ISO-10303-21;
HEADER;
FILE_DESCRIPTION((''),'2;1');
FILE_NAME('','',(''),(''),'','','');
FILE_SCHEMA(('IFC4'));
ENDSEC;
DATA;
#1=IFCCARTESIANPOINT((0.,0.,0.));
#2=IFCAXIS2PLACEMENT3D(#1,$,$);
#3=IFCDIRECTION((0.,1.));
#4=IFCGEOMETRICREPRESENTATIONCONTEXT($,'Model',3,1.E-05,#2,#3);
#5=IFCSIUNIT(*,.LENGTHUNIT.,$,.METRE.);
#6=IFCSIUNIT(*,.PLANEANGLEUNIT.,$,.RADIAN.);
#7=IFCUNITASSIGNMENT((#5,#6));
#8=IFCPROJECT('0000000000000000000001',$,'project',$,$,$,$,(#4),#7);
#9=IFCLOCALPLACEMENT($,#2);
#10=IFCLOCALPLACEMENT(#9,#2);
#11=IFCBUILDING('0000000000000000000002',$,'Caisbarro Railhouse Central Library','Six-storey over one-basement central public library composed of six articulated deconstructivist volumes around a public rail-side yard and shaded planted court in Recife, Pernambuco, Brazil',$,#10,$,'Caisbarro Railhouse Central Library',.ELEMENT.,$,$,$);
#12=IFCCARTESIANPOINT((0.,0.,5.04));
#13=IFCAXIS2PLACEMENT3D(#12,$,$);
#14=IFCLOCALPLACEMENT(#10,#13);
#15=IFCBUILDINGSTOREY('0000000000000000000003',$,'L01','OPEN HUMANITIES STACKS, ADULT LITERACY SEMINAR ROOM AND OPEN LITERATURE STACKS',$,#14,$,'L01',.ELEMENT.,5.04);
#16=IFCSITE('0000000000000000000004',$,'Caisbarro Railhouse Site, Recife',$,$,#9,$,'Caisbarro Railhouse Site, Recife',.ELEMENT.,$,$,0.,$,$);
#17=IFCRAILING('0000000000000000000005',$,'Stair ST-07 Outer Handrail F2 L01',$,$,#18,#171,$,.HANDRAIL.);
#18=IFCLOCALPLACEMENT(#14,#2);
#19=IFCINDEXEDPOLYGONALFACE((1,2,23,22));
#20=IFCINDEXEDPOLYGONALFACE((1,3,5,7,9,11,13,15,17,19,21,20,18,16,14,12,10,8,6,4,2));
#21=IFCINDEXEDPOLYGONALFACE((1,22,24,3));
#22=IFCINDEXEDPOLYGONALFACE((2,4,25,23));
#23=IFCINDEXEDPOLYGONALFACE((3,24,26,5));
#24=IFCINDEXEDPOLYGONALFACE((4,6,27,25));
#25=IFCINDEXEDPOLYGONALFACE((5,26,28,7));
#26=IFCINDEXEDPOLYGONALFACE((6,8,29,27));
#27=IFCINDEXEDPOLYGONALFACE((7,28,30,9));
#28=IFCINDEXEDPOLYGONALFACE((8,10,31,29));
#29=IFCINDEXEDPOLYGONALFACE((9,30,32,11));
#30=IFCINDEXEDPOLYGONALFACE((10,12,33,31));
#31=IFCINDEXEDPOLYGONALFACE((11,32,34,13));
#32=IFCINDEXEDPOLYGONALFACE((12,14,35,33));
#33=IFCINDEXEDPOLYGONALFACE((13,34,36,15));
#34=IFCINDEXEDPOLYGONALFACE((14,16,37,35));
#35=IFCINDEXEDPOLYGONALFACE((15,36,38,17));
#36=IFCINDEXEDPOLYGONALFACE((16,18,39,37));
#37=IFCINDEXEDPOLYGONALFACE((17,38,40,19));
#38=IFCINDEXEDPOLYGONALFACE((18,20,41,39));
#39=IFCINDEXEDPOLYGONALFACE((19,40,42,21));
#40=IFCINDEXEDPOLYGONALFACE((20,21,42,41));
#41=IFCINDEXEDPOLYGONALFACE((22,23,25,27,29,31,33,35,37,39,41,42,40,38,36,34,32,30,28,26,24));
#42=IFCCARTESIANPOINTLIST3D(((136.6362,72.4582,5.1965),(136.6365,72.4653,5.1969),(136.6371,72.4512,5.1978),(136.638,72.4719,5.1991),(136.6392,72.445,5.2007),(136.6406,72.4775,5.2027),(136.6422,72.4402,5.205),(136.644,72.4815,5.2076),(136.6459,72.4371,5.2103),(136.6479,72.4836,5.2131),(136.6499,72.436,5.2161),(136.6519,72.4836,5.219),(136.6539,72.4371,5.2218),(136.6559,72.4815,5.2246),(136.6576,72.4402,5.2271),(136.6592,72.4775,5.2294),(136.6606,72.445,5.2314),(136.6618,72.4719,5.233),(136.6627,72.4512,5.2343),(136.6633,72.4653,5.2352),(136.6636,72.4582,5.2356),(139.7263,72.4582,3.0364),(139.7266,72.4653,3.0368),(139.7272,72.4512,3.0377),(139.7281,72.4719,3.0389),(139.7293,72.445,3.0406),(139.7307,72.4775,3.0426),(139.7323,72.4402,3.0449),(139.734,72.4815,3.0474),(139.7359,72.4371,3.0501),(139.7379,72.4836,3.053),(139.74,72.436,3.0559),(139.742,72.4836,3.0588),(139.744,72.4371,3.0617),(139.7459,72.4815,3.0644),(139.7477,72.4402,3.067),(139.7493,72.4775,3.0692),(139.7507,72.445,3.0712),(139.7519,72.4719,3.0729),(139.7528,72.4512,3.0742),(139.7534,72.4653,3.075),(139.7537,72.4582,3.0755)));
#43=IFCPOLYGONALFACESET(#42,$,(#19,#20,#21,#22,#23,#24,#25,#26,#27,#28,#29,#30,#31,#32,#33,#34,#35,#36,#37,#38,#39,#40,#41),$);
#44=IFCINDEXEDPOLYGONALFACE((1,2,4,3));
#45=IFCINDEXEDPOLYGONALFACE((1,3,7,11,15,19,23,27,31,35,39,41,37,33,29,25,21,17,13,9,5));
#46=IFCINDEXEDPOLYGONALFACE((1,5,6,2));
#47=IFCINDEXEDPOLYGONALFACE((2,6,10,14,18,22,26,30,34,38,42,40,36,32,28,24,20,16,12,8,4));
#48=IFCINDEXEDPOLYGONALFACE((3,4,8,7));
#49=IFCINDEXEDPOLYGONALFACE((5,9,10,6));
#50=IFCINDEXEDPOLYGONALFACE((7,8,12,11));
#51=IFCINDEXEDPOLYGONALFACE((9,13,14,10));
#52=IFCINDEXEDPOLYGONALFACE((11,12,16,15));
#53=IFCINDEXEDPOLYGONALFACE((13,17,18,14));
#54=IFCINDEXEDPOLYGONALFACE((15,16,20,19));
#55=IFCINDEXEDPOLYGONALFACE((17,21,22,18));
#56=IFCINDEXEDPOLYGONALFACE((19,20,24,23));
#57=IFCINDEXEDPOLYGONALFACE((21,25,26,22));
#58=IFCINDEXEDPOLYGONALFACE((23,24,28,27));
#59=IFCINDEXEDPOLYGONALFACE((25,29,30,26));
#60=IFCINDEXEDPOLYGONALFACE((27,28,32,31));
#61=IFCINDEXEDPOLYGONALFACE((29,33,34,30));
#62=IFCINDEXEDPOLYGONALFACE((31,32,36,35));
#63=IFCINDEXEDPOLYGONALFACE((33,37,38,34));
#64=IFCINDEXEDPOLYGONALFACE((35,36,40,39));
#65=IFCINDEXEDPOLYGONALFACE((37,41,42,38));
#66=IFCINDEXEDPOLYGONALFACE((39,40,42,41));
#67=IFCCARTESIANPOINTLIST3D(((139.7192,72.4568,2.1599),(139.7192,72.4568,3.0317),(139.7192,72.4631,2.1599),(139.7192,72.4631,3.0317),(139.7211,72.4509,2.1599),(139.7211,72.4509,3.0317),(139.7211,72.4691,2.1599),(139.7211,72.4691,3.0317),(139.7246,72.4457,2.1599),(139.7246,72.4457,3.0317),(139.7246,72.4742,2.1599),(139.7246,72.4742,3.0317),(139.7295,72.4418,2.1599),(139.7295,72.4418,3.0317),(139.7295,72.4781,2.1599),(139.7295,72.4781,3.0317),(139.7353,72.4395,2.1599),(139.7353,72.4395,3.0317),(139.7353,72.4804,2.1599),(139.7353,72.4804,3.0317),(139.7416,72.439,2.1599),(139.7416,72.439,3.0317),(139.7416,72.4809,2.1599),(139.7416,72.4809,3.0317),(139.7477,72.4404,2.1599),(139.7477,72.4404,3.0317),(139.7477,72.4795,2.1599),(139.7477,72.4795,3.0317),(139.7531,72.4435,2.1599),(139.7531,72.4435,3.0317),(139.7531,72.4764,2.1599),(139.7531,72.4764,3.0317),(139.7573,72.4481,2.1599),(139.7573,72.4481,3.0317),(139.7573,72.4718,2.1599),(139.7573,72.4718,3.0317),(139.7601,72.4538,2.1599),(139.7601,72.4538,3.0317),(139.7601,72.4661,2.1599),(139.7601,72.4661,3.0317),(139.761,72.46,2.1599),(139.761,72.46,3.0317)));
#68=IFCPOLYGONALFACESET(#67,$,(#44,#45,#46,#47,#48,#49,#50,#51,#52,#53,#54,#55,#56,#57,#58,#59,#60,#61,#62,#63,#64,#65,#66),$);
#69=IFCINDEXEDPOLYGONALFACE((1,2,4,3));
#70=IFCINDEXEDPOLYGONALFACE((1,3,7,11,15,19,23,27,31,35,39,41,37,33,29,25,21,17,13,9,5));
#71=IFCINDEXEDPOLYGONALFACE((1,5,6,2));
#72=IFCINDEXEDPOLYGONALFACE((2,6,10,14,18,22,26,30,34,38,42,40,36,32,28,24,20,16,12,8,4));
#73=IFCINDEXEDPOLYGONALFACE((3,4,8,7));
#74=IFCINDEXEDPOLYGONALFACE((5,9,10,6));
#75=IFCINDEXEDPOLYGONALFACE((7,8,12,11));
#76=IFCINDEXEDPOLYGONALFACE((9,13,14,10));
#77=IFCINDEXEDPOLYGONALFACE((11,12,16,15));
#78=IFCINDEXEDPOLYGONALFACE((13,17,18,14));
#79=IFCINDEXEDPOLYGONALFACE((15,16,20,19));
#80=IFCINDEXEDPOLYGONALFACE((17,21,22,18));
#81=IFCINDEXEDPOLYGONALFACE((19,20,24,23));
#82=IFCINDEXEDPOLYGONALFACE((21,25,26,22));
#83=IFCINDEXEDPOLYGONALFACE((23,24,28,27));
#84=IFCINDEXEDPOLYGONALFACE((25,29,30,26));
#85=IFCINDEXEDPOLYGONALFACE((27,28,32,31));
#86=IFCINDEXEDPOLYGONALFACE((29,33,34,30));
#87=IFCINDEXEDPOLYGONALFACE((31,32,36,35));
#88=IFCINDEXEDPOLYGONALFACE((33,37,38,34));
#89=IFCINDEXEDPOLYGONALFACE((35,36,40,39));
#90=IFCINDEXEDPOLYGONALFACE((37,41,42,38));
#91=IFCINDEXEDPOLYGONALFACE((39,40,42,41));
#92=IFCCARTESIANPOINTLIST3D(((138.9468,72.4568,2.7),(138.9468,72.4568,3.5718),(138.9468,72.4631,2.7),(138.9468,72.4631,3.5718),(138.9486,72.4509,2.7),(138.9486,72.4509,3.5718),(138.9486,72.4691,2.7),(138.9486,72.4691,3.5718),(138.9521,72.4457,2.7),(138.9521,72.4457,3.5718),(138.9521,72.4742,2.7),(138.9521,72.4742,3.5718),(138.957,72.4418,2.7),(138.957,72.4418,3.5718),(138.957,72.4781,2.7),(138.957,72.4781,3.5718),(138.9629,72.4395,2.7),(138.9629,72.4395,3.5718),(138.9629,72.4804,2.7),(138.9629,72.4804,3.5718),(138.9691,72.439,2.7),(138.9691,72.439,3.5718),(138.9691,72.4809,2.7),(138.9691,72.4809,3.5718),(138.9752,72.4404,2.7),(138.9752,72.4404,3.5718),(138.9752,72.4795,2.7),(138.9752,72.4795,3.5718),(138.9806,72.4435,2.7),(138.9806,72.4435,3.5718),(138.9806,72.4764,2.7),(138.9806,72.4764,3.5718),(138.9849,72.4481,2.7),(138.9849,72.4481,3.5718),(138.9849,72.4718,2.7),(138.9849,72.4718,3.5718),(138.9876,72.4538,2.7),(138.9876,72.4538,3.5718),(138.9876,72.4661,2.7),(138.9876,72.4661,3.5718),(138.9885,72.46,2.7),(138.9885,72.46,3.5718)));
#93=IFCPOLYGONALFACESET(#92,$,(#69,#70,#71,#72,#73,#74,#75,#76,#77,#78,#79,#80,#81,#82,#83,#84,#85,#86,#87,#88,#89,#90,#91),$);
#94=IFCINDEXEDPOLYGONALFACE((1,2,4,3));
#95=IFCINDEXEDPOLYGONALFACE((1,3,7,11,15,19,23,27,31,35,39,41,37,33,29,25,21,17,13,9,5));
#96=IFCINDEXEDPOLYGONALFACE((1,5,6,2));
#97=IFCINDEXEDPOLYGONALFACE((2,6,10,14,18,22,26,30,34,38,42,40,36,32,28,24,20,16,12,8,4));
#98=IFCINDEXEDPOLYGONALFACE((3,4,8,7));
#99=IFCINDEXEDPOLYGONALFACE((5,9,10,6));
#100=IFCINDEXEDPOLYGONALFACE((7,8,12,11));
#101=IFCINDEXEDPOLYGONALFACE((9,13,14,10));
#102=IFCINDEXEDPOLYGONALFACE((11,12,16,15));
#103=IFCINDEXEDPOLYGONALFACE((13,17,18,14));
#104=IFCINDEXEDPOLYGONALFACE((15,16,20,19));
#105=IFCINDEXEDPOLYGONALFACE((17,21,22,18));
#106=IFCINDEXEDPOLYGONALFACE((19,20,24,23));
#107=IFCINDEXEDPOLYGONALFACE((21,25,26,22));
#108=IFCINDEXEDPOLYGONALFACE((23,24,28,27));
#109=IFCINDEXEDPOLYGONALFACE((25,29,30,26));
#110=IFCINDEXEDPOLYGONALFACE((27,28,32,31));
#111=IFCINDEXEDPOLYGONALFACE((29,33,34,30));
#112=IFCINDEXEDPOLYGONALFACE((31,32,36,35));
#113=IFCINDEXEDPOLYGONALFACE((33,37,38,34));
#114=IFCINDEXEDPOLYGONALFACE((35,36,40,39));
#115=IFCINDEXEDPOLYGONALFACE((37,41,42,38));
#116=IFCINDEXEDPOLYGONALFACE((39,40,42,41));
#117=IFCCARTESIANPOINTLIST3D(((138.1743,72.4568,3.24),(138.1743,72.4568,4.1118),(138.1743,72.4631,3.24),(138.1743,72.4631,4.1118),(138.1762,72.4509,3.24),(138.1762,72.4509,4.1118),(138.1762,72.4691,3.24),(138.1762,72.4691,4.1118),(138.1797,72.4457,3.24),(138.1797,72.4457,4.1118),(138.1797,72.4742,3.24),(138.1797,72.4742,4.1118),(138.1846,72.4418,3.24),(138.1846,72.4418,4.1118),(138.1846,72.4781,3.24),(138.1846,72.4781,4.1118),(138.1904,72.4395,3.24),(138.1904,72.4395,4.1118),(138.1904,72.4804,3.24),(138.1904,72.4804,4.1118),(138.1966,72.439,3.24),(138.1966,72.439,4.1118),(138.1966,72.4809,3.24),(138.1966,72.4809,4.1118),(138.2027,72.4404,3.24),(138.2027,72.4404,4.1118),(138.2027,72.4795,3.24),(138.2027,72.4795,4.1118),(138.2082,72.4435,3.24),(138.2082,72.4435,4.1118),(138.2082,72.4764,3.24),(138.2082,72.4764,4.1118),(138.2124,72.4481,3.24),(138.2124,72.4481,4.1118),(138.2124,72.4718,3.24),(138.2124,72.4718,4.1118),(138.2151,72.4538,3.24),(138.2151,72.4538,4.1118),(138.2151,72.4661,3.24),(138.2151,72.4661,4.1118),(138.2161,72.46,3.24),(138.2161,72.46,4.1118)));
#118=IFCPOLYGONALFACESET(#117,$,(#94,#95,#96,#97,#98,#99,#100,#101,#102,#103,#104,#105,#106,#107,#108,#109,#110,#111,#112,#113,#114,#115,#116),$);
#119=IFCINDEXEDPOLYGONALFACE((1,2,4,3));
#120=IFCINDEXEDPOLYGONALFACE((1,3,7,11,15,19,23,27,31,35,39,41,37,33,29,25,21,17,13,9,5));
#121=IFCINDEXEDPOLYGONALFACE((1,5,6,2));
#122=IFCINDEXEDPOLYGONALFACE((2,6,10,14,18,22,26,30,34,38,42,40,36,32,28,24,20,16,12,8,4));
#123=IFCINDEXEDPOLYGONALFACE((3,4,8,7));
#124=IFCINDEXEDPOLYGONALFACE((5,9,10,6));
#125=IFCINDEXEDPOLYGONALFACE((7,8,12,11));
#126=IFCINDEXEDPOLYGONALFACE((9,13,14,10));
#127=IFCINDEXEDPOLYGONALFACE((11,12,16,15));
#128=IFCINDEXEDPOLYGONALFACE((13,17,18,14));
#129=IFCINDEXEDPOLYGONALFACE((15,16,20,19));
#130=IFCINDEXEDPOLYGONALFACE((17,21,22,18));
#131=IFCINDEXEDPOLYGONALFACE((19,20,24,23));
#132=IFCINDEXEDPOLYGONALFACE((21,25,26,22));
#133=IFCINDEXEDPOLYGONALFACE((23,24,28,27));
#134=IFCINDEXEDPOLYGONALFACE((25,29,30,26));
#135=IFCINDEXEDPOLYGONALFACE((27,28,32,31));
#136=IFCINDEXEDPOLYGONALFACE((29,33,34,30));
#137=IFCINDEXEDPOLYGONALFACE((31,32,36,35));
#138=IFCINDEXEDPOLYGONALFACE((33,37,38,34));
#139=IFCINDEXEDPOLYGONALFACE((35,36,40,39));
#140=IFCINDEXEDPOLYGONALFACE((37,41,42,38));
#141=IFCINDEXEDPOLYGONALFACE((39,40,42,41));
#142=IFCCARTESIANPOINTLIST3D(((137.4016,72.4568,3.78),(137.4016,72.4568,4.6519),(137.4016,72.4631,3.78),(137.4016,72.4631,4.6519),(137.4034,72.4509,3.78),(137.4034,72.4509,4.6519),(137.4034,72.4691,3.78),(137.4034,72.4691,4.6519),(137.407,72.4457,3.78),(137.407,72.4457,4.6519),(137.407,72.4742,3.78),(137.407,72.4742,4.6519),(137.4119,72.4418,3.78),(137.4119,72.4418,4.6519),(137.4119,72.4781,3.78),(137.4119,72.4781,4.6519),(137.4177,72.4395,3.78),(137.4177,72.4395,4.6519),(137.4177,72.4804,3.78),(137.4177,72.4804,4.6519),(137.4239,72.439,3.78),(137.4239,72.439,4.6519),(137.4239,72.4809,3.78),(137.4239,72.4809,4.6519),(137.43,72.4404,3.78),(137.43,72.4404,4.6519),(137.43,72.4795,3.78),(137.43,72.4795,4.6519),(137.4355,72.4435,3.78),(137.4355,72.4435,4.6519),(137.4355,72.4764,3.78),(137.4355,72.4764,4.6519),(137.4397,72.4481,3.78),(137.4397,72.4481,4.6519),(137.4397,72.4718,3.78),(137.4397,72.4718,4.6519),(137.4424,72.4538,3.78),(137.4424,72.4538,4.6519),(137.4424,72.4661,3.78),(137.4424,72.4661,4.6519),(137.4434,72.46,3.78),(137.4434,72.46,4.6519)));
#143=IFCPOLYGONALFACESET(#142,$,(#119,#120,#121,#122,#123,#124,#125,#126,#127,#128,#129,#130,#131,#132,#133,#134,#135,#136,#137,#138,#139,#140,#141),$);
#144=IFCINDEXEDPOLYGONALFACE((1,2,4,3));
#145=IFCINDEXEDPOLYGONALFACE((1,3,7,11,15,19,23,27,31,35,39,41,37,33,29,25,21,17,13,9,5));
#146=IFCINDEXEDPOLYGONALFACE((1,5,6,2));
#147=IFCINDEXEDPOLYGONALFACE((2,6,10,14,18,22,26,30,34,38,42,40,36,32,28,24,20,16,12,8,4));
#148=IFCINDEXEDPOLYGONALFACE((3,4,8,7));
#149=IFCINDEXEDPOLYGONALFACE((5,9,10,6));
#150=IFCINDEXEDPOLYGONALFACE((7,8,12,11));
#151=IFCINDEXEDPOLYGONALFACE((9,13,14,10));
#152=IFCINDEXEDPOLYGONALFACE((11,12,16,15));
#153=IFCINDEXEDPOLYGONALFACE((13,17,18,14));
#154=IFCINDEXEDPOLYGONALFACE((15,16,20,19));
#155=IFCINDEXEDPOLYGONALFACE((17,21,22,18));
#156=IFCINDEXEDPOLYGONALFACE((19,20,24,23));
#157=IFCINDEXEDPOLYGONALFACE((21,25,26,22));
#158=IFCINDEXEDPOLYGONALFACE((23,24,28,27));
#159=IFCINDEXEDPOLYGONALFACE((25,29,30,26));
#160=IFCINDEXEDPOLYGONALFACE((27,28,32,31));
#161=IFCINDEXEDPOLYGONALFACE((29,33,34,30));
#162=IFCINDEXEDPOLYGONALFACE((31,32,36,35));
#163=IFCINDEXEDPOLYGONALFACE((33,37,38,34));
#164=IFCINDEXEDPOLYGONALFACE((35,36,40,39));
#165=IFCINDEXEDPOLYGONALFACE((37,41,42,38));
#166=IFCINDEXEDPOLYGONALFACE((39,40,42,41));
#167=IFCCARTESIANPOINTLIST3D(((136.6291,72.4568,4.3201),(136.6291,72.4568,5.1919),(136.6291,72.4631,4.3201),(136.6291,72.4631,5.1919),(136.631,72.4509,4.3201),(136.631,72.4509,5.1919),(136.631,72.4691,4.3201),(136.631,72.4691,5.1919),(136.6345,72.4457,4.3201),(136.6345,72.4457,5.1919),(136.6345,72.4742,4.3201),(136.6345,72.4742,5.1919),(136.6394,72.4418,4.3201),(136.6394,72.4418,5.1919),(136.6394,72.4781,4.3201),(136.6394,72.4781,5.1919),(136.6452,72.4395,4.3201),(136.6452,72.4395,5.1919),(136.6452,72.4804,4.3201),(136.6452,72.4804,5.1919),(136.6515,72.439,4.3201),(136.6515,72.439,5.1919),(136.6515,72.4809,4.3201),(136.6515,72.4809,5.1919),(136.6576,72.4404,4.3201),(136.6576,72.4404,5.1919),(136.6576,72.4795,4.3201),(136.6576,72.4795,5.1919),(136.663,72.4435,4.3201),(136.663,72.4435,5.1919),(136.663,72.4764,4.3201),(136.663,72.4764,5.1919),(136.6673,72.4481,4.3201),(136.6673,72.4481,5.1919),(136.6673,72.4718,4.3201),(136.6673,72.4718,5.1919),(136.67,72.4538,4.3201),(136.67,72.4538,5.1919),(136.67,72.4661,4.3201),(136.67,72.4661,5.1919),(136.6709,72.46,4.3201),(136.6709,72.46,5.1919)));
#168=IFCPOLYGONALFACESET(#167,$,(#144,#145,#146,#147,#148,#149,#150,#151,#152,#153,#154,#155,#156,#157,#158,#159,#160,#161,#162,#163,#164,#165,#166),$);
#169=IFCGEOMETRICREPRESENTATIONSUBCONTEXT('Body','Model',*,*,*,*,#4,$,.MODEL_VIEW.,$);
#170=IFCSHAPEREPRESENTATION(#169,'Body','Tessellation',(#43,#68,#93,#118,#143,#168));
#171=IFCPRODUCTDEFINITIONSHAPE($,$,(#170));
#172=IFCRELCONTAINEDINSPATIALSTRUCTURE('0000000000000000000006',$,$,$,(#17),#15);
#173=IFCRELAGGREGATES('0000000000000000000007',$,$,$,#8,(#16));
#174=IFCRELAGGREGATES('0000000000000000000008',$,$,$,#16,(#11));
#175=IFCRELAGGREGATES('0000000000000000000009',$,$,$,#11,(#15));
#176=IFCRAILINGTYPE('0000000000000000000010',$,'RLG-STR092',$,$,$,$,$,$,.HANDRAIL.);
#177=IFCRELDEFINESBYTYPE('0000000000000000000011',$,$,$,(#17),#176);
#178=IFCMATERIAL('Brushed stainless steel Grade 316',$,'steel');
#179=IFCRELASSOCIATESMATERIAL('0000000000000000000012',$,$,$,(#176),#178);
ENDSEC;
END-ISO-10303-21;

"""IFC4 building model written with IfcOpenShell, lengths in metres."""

from ifc_helpers import new_model, si_unit, direction, frame, origin, origin_2d, place, context, subcontext, project, spatial, circle, extrude, material, type_object, element, save


model = new_model("IFC4")

# Units and contexts
model_context = context("Model", 3, precision=1e-05, world=origin(), true_north=direction((0.0, 1.0)))
body_context = subcontext(model_context, "Body", "Model", "MODEL_VIEW")
ifc_project = project(units=[si_unit("LENGTHUNIT", "METRE"), si_unit("PLANEANGLEUNIT", "RADIAN")], contexts=[model_context])

# Site, building, storey
site_placement = place(None, origin())
site = spatial("IfcSite", under=ifc_project, at=site_placement, Name="Caisbarro Railhouse Site, Recife", LongName="Caisbarro Railhouse Site, Recife", CompositionType="ELEMENT", RefElevation=0.0)
building_placement = place(site_placement, origin())
building = spatial("IfcBuilding", under=site, at=building_placement, Name="Caisbarro Railhouse Central Library", Description="Six-storey over one-basement central public library composed of six articulated deconstructivist volumes around a public rail-side yard and shaded planted court in Recife, Pernambuco, Brazil", LongName="Caisbarro Railhouse Central Library", CompositionType="ELEMENT")
storey_placement = place(building_placement, frame((0.0, 0.0, 5.04)))
storey = spatial("IfcBuildingStorey", under=building, at=storey_placement, Name="L01", Description="OPEN HUMANITIES STACKS, ADULT LITERACY SEMINAR ROOM AND OPEN LITERATURE STACKS", LongName="L01", CompositionType="ELEMENT", Elevation=5.04)

# Railing
ifc_material_1 = material(Name="Brushed stainless steel Grade 316", Category="steel")
railing_type_1 = type_object("IfcRailingType", Name="RLG-STR092", PredefinedType="HANDRAIL", material=ifc_material_1)
railing_1_placement = place(storey_placement, frame((139.74, 72.46, 2.1599)))
element("IfcRailing", 1, at=railing_1_placement, inside=storey, type_object=railing_type_1, Name="Stair ST-07 Outer Handrail F2 L01", PredefinedType="HANDRAIL", context=body_context, shape_type="SweptSolid", body=[
    extrude(circle(Radius=0.0239, at=origin_2d()), frame((0.0, 0.0, 0.896), z_axis=(-0.819594, 0.0, 0.572945), x_axis=(0.0, -1.0, 0.0)), (0.0, 0.0, 1.0), 3.7703),
    extrude(circle(Radius=0.021, at=origin_2d()), origin(), (0.0, 0.0, 1.0), 0.8718),
    extrude(circle(Radius=0.021, at=origin_2d()), frame((-0.7725, 0.0, 0.54)), (0.0, 0.0, 1.0), 0.8718),
    extrude(circle(Radius=0.021, at=origin_2d()), frame((-1.5449, 0.0, 1.0801)), (0.0, 0.0, 1.0), 0.8718),
    extrude(circle(Radius=0.021, at=origin_2d()), frame((-2.3176, 0.0, 1.6201)), (0.0, 0.0, 1.0), 0.8718),
    extrude(circle(Radius=0.021, at=origin_2d()), frame((-3.0901, 0.0, 2.1602)), (0.0, 0.0, 1.0), 0.8718),
])

save(model, "model.ifc")
